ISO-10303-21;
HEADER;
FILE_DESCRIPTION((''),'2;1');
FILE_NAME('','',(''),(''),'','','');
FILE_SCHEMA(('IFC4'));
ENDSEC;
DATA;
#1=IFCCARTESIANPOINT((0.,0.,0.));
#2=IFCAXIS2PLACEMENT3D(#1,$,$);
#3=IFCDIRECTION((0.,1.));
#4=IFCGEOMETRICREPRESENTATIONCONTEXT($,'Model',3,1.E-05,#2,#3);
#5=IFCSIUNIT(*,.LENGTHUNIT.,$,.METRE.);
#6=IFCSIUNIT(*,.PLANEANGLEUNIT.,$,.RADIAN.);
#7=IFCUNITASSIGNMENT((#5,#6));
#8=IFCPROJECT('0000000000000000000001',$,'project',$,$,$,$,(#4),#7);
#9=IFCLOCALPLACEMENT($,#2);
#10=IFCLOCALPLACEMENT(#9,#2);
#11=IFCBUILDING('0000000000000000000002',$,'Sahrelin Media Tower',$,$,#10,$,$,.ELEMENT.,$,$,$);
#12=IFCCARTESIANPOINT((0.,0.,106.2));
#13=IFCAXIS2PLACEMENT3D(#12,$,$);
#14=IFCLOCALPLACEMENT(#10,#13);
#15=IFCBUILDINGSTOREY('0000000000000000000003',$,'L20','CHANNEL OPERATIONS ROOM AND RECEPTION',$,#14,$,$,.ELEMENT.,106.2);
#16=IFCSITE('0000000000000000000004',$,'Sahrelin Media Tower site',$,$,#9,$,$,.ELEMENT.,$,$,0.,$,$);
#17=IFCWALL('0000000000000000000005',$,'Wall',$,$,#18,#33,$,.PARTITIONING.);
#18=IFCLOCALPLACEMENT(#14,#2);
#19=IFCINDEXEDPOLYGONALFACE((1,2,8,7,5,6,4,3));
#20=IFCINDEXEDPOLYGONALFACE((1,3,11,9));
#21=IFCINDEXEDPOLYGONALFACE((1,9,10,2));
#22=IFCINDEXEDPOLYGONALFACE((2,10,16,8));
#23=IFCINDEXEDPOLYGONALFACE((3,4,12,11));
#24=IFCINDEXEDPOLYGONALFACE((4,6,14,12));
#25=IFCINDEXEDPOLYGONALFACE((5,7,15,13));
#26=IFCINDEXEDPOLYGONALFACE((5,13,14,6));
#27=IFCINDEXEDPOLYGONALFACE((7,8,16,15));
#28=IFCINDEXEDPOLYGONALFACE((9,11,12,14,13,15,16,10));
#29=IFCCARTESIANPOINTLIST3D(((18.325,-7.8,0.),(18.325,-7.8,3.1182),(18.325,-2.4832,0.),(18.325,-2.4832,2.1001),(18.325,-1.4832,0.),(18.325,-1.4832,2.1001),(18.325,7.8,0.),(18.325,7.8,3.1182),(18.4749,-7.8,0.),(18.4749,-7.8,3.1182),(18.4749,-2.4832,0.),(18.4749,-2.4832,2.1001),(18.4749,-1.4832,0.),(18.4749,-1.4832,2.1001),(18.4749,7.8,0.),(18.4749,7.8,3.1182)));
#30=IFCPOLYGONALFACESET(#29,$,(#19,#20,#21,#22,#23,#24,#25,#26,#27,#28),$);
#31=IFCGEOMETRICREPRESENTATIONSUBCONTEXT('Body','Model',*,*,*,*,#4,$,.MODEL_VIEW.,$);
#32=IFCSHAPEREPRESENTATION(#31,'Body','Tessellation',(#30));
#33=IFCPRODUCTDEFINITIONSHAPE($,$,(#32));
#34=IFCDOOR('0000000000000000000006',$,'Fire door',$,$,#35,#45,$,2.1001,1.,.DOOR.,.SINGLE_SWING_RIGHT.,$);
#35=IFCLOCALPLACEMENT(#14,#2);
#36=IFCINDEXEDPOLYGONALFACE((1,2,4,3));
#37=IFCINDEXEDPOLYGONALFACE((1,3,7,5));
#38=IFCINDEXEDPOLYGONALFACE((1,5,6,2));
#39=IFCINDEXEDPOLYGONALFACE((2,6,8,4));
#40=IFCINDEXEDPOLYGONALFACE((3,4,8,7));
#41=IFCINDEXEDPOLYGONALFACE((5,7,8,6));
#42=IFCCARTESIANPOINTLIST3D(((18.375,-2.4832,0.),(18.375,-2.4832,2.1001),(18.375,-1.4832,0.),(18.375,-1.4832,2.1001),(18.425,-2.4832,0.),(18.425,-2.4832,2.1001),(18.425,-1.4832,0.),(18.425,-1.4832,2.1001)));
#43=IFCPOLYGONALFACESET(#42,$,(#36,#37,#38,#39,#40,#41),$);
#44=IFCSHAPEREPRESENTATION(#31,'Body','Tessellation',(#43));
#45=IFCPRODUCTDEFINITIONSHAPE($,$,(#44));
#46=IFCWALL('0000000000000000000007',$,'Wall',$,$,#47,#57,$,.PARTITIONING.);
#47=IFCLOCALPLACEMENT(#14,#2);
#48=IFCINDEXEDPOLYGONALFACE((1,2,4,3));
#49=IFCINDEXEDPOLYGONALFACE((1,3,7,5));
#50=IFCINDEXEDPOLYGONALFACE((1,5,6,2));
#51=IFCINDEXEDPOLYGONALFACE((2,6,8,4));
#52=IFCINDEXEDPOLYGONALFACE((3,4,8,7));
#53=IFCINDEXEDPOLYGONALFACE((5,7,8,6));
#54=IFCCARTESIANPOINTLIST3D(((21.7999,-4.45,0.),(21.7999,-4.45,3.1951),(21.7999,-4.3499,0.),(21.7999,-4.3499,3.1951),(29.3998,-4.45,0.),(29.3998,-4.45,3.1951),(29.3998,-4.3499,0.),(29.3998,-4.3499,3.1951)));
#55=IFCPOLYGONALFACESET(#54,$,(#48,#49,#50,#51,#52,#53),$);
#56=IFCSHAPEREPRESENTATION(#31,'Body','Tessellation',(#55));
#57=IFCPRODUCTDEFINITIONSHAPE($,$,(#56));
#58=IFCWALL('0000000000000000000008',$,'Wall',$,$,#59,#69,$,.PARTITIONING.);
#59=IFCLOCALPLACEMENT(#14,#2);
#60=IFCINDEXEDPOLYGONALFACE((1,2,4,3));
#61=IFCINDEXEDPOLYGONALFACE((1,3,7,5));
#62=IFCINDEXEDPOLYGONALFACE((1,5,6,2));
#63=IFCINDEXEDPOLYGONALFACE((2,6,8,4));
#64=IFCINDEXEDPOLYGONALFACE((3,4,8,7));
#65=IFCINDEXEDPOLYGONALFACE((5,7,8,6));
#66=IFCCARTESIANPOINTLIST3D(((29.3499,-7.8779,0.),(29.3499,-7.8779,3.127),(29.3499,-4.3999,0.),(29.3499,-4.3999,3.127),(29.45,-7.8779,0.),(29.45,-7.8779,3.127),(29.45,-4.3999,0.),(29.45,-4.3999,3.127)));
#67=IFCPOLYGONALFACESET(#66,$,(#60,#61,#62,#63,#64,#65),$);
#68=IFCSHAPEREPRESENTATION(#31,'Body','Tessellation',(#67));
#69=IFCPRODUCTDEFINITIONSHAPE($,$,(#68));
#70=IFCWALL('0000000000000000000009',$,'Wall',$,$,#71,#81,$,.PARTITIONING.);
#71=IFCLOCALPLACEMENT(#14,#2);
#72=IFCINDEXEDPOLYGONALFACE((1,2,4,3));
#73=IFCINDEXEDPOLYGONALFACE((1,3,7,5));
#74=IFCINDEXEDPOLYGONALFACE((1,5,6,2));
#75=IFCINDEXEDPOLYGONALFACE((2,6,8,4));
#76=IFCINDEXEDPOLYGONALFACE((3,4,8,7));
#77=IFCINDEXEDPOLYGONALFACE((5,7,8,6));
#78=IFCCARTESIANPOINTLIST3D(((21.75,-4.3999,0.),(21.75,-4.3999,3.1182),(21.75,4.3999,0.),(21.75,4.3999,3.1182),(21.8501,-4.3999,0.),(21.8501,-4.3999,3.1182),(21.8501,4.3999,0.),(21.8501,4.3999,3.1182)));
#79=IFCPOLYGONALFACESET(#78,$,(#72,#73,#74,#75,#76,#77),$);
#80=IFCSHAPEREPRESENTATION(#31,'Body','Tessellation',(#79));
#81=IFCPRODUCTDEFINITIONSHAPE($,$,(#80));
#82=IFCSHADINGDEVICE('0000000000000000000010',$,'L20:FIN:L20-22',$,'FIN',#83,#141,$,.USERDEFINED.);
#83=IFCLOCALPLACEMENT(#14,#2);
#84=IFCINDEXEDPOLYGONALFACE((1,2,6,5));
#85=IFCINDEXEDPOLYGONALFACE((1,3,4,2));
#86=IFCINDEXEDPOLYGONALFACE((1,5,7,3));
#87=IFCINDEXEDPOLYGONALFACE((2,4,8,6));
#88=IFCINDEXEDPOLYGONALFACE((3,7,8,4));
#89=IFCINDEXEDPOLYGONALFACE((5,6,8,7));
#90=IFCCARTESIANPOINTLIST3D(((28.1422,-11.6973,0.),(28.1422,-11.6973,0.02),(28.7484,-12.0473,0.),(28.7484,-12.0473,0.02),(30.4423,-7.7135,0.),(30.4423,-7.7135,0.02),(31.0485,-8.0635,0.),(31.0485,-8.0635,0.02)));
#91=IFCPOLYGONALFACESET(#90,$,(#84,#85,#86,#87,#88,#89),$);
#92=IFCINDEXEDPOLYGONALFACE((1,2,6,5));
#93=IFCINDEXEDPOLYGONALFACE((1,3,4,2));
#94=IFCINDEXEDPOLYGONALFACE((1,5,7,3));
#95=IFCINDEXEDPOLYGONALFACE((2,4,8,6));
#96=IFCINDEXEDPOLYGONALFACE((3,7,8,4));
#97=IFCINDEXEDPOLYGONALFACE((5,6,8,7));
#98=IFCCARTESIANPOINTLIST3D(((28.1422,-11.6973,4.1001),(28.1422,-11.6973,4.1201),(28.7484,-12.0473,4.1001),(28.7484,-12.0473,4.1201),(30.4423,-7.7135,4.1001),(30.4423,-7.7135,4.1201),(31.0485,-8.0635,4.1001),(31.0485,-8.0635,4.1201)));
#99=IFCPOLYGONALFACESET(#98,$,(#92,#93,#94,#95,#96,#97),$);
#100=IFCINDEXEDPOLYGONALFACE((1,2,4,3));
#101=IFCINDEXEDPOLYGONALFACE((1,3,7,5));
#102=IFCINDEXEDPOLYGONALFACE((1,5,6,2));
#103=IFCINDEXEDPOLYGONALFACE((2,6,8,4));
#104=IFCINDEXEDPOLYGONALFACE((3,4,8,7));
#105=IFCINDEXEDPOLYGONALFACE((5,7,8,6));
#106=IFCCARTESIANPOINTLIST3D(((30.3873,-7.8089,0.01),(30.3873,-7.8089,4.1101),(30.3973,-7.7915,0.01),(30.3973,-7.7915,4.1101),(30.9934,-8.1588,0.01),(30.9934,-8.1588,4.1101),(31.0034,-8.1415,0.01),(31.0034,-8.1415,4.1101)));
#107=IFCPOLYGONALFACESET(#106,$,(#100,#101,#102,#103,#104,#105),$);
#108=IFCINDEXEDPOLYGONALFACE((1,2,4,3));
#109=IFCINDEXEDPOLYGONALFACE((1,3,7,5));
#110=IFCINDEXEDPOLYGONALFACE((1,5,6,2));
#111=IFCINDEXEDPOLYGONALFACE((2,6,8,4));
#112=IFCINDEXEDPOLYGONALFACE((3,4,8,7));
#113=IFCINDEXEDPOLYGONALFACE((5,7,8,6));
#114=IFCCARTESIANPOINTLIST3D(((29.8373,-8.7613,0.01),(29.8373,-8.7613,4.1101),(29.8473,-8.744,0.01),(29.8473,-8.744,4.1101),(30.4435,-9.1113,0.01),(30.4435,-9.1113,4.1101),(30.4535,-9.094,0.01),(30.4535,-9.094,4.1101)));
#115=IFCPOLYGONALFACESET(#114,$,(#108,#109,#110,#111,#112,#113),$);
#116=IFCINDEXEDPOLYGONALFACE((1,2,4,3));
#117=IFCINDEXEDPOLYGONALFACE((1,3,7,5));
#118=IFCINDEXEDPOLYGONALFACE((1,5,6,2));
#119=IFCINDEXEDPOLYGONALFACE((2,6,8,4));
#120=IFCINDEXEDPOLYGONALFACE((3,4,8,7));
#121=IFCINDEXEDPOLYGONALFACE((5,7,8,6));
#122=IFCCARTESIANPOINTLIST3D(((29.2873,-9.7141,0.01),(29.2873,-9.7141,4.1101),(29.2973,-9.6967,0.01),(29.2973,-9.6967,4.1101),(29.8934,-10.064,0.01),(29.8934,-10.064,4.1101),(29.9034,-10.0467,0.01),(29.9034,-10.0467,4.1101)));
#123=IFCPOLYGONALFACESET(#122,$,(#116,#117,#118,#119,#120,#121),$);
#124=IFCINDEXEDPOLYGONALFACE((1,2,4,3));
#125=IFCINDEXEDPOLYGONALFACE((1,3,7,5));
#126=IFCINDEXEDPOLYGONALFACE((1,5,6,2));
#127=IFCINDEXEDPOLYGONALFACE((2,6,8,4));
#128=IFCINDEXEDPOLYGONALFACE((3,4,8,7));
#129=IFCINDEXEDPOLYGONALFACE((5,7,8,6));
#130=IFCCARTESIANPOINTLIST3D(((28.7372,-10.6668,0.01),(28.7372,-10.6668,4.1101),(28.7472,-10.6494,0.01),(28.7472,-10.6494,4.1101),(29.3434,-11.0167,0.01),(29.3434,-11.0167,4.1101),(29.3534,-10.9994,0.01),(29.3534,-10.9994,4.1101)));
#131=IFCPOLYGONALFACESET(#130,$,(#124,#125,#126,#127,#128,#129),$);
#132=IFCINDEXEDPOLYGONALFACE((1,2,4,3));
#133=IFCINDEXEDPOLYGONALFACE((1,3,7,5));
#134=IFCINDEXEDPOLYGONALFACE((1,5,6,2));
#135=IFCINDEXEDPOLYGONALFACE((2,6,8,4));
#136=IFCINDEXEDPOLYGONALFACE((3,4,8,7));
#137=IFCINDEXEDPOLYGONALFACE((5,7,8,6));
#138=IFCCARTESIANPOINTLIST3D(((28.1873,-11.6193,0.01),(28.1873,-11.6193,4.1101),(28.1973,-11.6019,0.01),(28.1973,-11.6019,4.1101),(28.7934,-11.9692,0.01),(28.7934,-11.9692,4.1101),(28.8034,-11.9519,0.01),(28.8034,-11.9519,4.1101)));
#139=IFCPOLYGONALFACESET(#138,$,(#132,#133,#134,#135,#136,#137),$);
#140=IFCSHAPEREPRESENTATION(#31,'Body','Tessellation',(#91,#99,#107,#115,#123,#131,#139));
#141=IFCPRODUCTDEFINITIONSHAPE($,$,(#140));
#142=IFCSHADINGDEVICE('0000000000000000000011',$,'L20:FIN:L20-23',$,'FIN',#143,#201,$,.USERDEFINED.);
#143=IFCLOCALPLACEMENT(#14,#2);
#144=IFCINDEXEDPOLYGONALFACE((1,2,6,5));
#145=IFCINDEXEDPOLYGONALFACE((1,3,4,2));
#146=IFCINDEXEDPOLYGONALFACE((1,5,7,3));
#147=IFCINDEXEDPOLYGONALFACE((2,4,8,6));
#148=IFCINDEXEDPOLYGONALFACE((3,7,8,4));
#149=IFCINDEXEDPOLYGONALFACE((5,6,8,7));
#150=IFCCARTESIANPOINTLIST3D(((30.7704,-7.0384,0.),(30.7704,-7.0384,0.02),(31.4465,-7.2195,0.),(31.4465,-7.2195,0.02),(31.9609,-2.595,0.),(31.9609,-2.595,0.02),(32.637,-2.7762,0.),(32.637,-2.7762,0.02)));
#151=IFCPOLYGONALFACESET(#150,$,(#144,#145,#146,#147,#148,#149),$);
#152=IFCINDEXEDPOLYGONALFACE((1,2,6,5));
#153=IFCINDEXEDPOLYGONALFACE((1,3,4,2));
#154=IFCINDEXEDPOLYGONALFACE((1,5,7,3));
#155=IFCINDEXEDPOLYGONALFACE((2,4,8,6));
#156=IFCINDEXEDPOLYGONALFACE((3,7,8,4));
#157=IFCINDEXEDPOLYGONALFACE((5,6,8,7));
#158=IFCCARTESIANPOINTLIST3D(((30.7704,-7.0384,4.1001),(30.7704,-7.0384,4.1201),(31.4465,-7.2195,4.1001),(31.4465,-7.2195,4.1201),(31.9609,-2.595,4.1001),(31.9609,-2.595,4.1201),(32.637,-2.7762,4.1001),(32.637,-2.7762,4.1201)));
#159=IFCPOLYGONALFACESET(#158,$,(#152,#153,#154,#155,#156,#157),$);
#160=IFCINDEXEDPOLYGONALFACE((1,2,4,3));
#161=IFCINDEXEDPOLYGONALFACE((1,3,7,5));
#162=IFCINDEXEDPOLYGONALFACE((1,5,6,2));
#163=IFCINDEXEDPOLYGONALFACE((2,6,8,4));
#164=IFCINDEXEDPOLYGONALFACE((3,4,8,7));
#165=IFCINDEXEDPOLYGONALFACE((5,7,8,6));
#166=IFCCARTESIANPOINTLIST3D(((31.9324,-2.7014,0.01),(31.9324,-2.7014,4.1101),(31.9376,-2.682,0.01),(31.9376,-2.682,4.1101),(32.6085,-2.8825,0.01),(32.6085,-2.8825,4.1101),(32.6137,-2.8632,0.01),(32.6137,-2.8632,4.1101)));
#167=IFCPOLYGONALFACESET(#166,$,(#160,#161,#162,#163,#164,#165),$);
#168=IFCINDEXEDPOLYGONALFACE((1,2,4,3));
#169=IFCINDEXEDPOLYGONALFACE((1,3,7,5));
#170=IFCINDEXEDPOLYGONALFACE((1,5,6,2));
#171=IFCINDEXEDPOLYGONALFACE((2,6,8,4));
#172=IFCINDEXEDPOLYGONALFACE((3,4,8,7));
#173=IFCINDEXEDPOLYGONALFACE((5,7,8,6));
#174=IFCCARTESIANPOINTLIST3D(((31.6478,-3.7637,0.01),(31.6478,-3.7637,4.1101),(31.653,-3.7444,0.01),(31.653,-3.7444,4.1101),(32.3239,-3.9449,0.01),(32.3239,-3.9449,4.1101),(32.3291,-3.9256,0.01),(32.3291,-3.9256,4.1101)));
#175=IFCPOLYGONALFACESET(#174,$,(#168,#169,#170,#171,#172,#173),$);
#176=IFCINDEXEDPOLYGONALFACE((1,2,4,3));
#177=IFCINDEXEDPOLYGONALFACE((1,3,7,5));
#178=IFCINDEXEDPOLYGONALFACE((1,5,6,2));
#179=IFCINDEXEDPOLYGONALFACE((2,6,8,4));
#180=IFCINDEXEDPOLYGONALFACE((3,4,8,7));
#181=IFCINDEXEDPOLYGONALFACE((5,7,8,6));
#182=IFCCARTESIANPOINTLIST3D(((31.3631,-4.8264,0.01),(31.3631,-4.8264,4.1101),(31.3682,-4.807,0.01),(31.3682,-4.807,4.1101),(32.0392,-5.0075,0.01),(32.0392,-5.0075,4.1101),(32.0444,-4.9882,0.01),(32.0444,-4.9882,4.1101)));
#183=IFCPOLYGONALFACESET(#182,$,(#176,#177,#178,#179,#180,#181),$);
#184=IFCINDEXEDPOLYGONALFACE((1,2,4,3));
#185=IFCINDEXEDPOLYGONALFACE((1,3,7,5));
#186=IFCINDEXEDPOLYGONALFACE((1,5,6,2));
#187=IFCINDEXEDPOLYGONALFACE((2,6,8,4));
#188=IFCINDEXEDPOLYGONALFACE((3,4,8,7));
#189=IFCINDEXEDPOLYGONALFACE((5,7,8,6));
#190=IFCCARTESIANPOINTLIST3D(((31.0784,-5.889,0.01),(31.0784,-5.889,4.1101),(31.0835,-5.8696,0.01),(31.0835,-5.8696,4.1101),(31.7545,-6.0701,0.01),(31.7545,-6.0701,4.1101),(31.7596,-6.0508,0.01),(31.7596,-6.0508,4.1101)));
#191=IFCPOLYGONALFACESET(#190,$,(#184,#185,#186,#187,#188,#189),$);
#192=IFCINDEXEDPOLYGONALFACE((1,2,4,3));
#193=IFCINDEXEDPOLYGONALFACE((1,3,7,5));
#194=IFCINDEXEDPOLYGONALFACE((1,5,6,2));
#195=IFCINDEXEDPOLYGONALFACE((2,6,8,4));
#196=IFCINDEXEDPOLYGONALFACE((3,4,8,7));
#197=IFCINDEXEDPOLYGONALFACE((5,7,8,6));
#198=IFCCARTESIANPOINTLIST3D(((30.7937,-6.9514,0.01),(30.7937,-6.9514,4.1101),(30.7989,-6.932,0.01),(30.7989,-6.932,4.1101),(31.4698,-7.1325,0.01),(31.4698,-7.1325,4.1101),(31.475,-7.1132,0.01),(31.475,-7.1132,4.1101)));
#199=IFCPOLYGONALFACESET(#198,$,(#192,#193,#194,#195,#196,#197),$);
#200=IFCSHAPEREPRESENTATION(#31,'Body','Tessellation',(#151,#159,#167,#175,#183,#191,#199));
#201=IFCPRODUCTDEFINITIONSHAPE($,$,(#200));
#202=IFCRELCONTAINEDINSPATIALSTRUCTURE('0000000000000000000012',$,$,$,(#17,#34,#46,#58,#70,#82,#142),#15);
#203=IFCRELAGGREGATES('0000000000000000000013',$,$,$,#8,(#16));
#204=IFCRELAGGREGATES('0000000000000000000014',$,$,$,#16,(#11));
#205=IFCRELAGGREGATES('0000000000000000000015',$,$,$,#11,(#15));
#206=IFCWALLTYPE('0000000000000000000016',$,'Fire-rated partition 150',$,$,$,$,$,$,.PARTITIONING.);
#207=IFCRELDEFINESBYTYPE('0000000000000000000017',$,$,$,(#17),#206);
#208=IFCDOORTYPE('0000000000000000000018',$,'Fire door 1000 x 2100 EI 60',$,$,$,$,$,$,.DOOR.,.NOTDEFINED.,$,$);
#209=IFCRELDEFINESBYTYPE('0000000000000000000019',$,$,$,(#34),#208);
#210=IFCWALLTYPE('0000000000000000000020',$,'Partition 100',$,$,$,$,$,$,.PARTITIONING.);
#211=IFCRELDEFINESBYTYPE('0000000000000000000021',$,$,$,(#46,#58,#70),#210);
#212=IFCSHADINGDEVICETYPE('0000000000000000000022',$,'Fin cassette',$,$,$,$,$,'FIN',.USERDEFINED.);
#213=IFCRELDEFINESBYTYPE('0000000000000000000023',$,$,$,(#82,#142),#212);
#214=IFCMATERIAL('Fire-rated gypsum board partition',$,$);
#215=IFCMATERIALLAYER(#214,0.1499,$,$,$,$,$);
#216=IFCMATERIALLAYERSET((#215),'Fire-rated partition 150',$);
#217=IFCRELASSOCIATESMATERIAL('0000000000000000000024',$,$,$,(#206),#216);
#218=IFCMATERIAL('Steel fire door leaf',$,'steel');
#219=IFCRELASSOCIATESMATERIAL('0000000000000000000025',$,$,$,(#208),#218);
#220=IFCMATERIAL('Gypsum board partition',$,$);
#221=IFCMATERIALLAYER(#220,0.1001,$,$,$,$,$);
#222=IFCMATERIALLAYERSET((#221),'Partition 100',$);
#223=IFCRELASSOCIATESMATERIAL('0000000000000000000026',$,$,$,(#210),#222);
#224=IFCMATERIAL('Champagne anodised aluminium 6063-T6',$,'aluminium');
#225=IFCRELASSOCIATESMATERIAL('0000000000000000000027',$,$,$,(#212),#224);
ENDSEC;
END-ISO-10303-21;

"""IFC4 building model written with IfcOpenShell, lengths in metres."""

from ifc_helpers import new_model, si_unit, direction, frame, frame_2d, origin, origin_2d, place, context, subcontext, project, spatial, rectangle, extrude, material, layer, layer_set, type_object, element, fill, save


model = new_model("IFC4")

# Units and contexts
model_context = context("Model", 3, precision=1e-05, world=origin(), true_north=direction((0.0, 1.0)))
body_context = subcontext(model_context, "Body", "Model", "MODEL_VIEW")
ifc_project = project(units=[si_unit("LENGTHUNIT", "METRE"), si_unit("PLANEANGLEUNIT", "RADIAN")], contexts=[model_context])

# Site, building, storey
site_placement = place(None, origin())
site = spatial("IfcSite", under=ifc_project, at=site_placement, Name="Sahrelin Media Tower site", CompositionType="ELEMENT", RefElevation=0.0)
building_placement = place(site_placement, origin())
building = spatial("IfcBuilding", under=site, at=building_placement, Name="Sahrelin Media Tower", CompositionType="ELEMENT")
storey_placement = place(building_placement, frame((0.0, 0.0, 106.2)))
storey = spatial("IfcBuildingStorey", under=building, at=storey_placement, Name="L20", Description="CHANNEL OPERATIONS ROOM AND RECEPTION", CompositionType="ELEMENT", Elevation=106.2)

# Shared definitions
ifc_material_1 = material(Name="Champagne anodised aluminium 6063-T6", Category="aluminium")

# Shared definitions
ifc_material_2 = material(Name="Fire-rated gypsum board partition")
ifc_layer_1 = layer(ifc_material_2, 0.1499)
ifc_layer_set_1 = layer_set([ifc_layer_1], Name="Fire-rated partition 150")
wall_type_1 = type_object("IfcWallType", Name="Fire-rated partition 150", PredefinedType="PARTITIONING", material=ifc_layer_set_1)

# Wall, opening, door
wall_1_placement = place(storey_placement, frame((18.3999, -7.8, 0.0), z_axis=(0.0, 0.0, 1.0), x_axis=(0.0, 1.0, 0.0)))
wall_1 = element("IfcWall", 1, at=wall_1_placement, inside=storey, type_object=wall_type_1, Name="Wall", PredefinedType="PARTITIONING", context=body_context, shape_type="SweptSolid", body=[
    extrude(rectangle(XDim=15.6001, YDim=0.1499, at=frame_2d((7.8, 0.0))), origin(), (0.0, 0.0, 1.0), 3.1182),
])
opening_placement = place(wall_1_placement, frame((5.3169, 0.0, 0.0)))
opening = element("IfcOpeningElement", 2, at=opening_placement, cuts=wall_1, PredefinedType="OPENING", context=body_context, shape_type="SweptSolid", body=[
    extrude(rectangle(XDim=1.0, YDim=2.1001, at=frame_2d((0.5, 1.05))), frame((0.0, 0.075, 0.0), z_axis=(0.0, -1.0, 0.0), x_axis=(1.0, 0.0, 0.0)), (0.0, 0.0, 1.0), 0.1499),
])
ifc_material_3 = material(Name="Steel fire door leaf", Category="steel")
door_type = type_object("IfcDoorType", Name="Fire door 1000 x 2100 EI 60", OperationType="NOTDEFINED", PredefinedType="DOOR", material=ifc_material_3)
door_placement = place(opening_placement, origin())
door = element("IfcDoor", 3, at=door_placement, inside=storey, type_object=door_type, Name="Fire door", OperationType="SINGLE_SWING_RIGHT", OverallHeight=2.1001, OverallWidth=1.0, PredefinedType="DOOR", context=body_context, shape_type="SweptSolid", body=[
    extrude(rectangle(XDim=1.0, YDim=2.1001, at=frame_2d((0.5, 1.05))), frame((0.0, 0.0249, 0.0), z_axis=(0.0, -1.0, 0.0), x_axis=(1.0, 0.0, 0.0)), (0.0, 0.0, 1.0), 0.05),
])
fill(opening, door)

# Walls
ifc_material_4 = material(Name="Gypsum board partition")
ifc_layer_2 = layer(ifc_material_4, 0.1001)
ifc_layer_set_2 = layer_set([ifc_layer_2], Name="Partition 100")
wall_type_2 = type_object("IfcWallType", Name="Partition 100", PredefinedType="PARTITIONING", material=ifc_layer_set_2)
wall_2_placement = place(storey_placement, frame((21.8, -4.3999, 0.0), z_axis=(0.0, 0.0, 1.0), x_axis=(1.0, 0.0, 0.0)))
element("IfcWall", 4, at=wall_2_placement, inside=storey, type_object=wall_type_2, Name="Wall", PredefinedType="PARTITIONING", context=body_context, shape_type="SweptSolid", body=[
    extrude(rectangle(XDim=7.5999, YDim=0.1001, at=frame_2d((3.7998, 0.0))), origin(), (0.0, 0.0, 1.0), 3.1951),
])
wall_3_placement = place(storey_placement, frame((29.3999, -7.8779, 0.0), z_axis=(0.0, 0.0, 1.0), x_axis=(0.0, 1.0, 0.0)))
element("IfcWall", 5, at=wall_3_placement, inside=storey, type_object=wall_type_2, Name="Wall", PredefinedType="PARTITIONING", context=body_context, shape_type="SweptSolid", body=[
    extrude(rectangle(XDim=3.478, YDim=0.1001, at=frame_2d((1.739, 0.0))), origin(), (0.0, 0.0, 1.0), 3.127),
])
wall_4_placement = place(storey_placement, frame((21.8, -4.3999, 0.0), z_axis=(0.0, 0.0, 1.0), x_axis=(0.0, 1.0, 0.0)))
element("IfcWall", 6, at=wall_4_placement, inside=storey, type_object=wall_type_2, Name="Wall", PredefinedType="PARTITIONING", context=body_context, shape_type="SweptSolid", body=[
    extrude(rectangle(XDim=8.7998, YDim=0.1001, at=frame_2d((4.3999, 0.0))), origin(), (0.0, 0.0, 1.0), 3.1182),
])

# Shading devices
shading_device_type_1 = type_object("IfcShadingDeviceType", Name="Fin cassette", ElementType="FIN", PredefinedType="USERDEFINED", material=ifc_material_1)
placement_1 = place(storey_placement, frame((29.2317, -9.6704, 0.0), z_axis=(0.0, 0.0, 1.0), x_axis=(-0.500011, -0.866019, 0.0)))
element("IfcShadingDevice", 7, at=placement_1, inside=storey, type_object=shading_device_type_1, Name="L20:FIN:L20-22", ObjectType="FIN", PredefinedType="USERDEFINED", context=body_context, shape_type="SweptSolid", body=[
    extrude(rectangle(XDim=4.6001, YDim=0.7, at=origin_2d()), frame((0.0, 0.4199, 0.0)), (0.0, 0.0, 1.0), 0.02),
    extrude(rectangle(XDim=4.6001, YDim=0.7, at=origin_2d()), frame((0.0, 0.4199, 4.1001)), (0.0, 0.0, 1.0), 0.02),
    extrude(rectangle(XDim=0.02, YDim=0.7, at=origin_2d()), frame((-2.2, 0.4199, 0.01), z_axis=(0.0, 0.0, 1.0), x_axis=(1.0, 0.0, 0.0)), (0.0, 0.0, 1.0), 4.1001),
    extrude(rectangle(XDim=0.02, YDim=0.7, at=origin_2d()), frame((-1.1001, 0.4199, 0.01), z_axis=(0.0, 0.0, 1.0), x_axis=(1.0, 0.0, 0.0)), (0.0, 0.0, 1.0), 4.1001),
    extrude(rectangle(XDim=0.02, YDim=0.7, at=origin_2d()), frame((0.0, 0.4199, 0.01), z_axis=(0.0, 0.0, 1.0), x_axis=(1.0, 0.0, 0.0)), (0.0, 0.0, 1.0), 4.1001),
    extrude(rectangle(XDim=0.02, YDim=0.7, at=origin_2d()), frame((1.1001, 0.4199, 0.01), z_axis=(0.0, 0.0, 1.0), x_axis=(1.0, 0.0, 0.0)), (0.0, 0.0, 1.0), 4.1001),
    extrude(rectangle(XDim=0.02, YDim=0.7, at=origin_2d()), frame((2.2, 0.4199, 0.01), z_axis=(0.0, 0.0, 1.0), x_axis=(1.0, 0.0, 0.0)), (0.0, 0.0, 1.0), 4.1001),
])
placement_2 = place(storey_placement, frame((31.2981, -4.7986, 0.0), z_axis=(0.0, 0.0, 1.0), x_axis=(-0.258808, -0.965929, 0.0)))
element("IfcShadingDevice", 8, at=placement_2, inside=storey, type_object=shading_device_type_1, Name="L20:FIN:L20-23", ObjectType="FIN", PredefinedType="USERDEFINED", context=body_context, shape_type="SweptSolid", body=[
    extrude(rectangle(XDim=4.6001, YDim=0.7, at=origin_2d()), frame((0.0, 0.4199, 0.0)), (0.0, 0.0, 1.0), 0.02),
    extrude(rectangle(XDim=4.6001, YDim=0.7, at=origin_2d()), frame((0.0, 0.4199, 4.1001)), (0.0, 0.0, 1.0), 0.02),
    extrude(rectangle(XDim=0.02, YDim=0.7, at=origin_2d()), frame((-2.2, 0.4199, 0.01), z_axis=(0.0, 0.0, 1.0), x_axis=(1.0, 0.0, 0.0)), (0.0, 0.0, 1.0), 4.1001),
    extrude(rectangle(XDim=0.02, YDim=0.7, at=origin_2d()), frame((-1.1001, 0.4199, 0.01), z_axis=(0.0, 0.0, 1.0), x_axis=(1.0, 0.0, 0.0)), (0.0, 0.0, 1.0), 4.1001),
    extrude(rectangle(XDim=0.02, YDim=0.7, at=origin_2d()), frame((0.0, 0.4199, 0.01), z_axis=(0.0, 0.0, 1.0), x_axis=(1.0, 0.0, 0.0)), (0.0, 0.0, 1.0), 4.1001),
    extrude(rectangle(XDim=0.02, YDim=0.7, at=origin_2d()), frame((1.1001, 0.4199, 0.01), z_axis=(0.0, 0.0, 1.0), x_axis=(1.0, 0.0, 0.0)), (0.0, 0.0, 1.0), 4.1001),
    extrude(rectangle(XDim=0.02, YDim=0.7, at=origin_2d()), frame((2.2, 0.4199, 0.01), z_axis=(0.0, 0.0, 1.0), x_axis=(1.0, 0.0, 0.0)), (0.0, 0.0, 1.0), 4.1001),
])

save(model, "model.ifc")
